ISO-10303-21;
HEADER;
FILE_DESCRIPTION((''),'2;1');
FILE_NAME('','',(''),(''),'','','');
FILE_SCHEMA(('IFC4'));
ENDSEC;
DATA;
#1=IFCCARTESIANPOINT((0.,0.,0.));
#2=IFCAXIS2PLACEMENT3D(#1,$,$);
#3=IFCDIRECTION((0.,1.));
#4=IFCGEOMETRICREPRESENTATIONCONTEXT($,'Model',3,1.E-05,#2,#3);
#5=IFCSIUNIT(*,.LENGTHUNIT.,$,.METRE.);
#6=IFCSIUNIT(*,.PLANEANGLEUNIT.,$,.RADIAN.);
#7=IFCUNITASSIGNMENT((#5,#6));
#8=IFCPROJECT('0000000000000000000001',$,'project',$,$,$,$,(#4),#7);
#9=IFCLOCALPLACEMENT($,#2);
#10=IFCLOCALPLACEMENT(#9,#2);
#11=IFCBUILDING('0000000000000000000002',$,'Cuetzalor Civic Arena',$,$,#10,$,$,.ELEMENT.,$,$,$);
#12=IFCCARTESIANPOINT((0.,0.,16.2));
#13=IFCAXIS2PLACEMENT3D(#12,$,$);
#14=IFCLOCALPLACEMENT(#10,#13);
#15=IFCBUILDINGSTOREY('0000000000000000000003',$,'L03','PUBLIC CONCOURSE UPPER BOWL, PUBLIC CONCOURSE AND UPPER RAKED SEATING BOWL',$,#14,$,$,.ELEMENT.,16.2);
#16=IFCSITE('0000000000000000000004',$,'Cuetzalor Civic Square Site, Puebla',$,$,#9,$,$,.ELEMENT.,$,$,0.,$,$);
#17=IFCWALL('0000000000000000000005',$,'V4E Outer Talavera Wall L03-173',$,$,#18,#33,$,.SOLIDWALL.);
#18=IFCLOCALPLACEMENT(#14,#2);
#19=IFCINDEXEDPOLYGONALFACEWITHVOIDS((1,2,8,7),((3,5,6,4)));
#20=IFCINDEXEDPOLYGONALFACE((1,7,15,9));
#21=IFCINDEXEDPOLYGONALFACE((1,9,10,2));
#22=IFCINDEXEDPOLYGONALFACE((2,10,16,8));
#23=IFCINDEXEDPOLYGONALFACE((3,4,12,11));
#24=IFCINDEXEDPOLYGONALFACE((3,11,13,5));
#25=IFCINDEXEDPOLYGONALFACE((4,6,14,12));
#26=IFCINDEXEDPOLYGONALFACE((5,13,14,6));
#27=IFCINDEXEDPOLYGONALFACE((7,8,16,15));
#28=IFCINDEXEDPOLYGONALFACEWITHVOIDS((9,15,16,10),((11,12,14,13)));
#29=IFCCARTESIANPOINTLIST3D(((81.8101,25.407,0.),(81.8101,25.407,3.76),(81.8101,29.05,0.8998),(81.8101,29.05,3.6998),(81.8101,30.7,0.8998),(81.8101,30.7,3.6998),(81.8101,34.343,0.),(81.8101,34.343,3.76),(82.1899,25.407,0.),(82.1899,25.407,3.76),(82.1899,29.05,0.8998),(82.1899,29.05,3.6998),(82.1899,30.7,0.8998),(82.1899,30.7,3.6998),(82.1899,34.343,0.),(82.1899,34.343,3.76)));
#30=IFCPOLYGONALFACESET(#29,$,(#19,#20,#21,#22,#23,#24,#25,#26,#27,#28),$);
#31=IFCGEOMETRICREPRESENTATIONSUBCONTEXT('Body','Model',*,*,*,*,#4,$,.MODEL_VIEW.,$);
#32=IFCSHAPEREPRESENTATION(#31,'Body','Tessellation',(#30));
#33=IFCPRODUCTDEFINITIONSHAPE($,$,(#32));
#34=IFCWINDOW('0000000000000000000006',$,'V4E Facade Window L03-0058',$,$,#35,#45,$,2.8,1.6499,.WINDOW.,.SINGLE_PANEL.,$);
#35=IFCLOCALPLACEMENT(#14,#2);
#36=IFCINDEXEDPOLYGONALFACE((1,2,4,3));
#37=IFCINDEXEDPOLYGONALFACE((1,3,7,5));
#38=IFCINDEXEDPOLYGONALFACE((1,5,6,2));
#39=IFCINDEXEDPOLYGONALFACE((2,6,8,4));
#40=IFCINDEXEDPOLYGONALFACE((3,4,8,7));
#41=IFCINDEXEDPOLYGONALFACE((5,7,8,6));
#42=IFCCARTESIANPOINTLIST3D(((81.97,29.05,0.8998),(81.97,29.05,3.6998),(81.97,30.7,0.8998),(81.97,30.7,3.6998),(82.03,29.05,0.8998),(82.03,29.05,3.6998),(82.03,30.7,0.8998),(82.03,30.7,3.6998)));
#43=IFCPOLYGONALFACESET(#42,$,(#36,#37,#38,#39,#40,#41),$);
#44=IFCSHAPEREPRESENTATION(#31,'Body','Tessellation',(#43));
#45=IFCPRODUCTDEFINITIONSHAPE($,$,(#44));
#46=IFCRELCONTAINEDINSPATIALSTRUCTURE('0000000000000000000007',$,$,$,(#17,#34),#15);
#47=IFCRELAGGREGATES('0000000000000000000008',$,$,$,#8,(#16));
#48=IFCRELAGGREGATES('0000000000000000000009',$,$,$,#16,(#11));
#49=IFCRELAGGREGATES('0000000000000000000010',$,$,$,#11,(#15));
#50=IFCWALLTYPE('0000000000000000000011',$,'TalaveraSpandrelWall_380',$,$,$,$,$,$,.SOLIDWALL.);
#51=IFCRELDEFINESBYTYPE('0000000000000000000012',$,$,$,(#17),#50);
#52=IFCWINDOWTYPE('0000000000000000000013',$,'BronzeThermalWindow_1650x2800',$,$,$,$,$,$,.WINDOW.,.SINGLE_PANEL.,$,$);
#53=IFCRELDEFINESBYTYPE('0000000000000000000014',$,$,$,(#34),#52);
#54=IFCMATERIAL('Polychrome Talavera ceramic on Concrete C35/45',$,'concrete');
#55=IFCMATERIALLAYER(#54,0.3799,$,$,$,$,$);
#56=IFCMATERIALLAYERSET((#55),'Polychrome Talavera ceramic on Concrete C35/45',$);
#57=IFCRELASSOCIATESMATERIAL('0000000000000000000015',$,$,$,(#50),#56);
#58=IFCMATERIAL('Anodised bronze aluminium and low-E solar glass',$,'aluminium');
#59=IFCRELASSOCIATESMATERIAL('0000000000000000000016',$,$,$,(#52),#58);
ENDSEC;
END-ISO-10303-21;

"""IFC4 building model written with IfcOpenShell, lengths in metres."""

from ifc_helpers import new_model, si_unit, direction, frame, frame_2d, origin, place, context, subcontext, project, spatial, rectangle, extrude, material, layer, layer_set, type_object, element, fill, save


model = new_model("IFC4")

# Units and contexts
model_context = context("Model", 3, precision=1e-05, world=origin(), true_north=direction((0.0, 1.0)))
body_context = subcontext(model_context, "Body", "Model", "MODEL_VIEW")
ifc_project = project(units=[si_unit("LENGTHUNIT", "METRE"), si_unit("PLANEANGLEUNIT", "RADIAN")], contexts=[model_context])

# Site, building, storey
site_placement = place(None, origin())
site = spatial("IfcSite", under=ifc_project, at=site_placement, Name="Cuetzalor Civic Square Site, Puebla", CompositionType="ELEMENT", RefElevation=0.0)
building_placement = place(site_placement, origin())
building = spatial("IfcBuilding", under=site, at=building_placement, Name="Cuetzalor Civic Arena", CompositionType="ELEMENT")
storey_placement = place(building_placement, frame((0.0, 0.0, 16.2)))
storey = spatial("IfcBuildingStorey", under=building, at=storey_placement, Name="L03", Description="PUBLIC CONCOURSE UPPER BOWL, PUBLIC CONCOURSE AND UPPER RAKED SEATING BOWL", CompositionType="ELEMENT", Elevation=16.2)

# Wall, opening, window
ifc_material_1 = material(Name="Polychrome Talavera ceramic on Concrete C35/45", Category="concrete")
ifc_layer_1 = layer(ifc_material_1, 0.3799)
ifc_layer_set_1 = layer_set([ifc_layer_1], Name="Polychrome Talavera ceramic on Concrete C35/45")
wall_type_1 = type_object("IfcWallType", Name="TalaveraSpandrelWall_380", PredefinedType="SOLIDWALL", material=ifc_layer_set_1)
wall_1_placement = place(storey_placement, frame((82.0, 34.343, 0.0), z_axis=(0.0, 0.0, 1.0), x_axis=(0.0, -1.0, 0.0)))
wall_1 = element("IfcWall", 1, at=wall_1_placement, inside=storey, type_object=wall_type_1, Name="V4E Outer Talavera Wall L03-173", PredefinedType="SOLIDWALL", context=body_context, shape_type="SweptSolid", body=[
    extrude(rectangle(XDim=8.936, YDim=0.3799, at=frame_2d((4.468, 0.0))), origin(), (0.0, 0.0, 1.0), 3.76),
])
opening_placement = place(wall_1_placement, frame((3.6431, 0.0, 0.8999)))
opening = element("IfcOpeningElement", 2, at=opening_placement, cuts=wall_1, PredefinedType="OPENING", context=body_context, shape_type="SweptSolid", body=[
    extrude(rectangle(XDim=1.6499, YDim=2.8, at=frame_2d((0.825, 1.3999))), frame((0.0, 0.2, 0.0), z_axis=(0.0, -1.0, 0.0), x_axis=(1.0, 0.0, 0.0)), (0.0, 0.0, 1.0), 0.3999),
])
ifc_material_2 = material(Name="Anodised bronze aluminium and low-E solar glass", Category="aluminium")
window_type = type_object("IfcWindowType", Name="BronzeThermalWindow_1650x2800", PartitioningType="SINGLE_PANEL", PredefinedType="WINDOW", material=ifc_material_2)
window_placement = place(opening_placement, origin())
window = element("IfcWindow", 3, at=window_placement, inside=storey, type_object=window_type, Name="V4E Facade Window L03-0058", OverallHeight=2.8, OverallWidth=1.6499, PartitioningType="SINGLE_PANEL", PredefinedType="WINDOW", context=body_context, shape_type="SweptSolid", body=[
    extrude(rectangle(XDim=1.6499, YDim=2.8, at=frame_2d((0.825, 1.3999))), frame((0.0, 0.03, 0.0), z_axis=(0.0, -1.0, 0.0), x_axis=(1.0, 0.0, 0.0)), (0.0, 0.0, 1.0), 0.0601),
])
fill(opening, window)

save(model, "model.ifc")
